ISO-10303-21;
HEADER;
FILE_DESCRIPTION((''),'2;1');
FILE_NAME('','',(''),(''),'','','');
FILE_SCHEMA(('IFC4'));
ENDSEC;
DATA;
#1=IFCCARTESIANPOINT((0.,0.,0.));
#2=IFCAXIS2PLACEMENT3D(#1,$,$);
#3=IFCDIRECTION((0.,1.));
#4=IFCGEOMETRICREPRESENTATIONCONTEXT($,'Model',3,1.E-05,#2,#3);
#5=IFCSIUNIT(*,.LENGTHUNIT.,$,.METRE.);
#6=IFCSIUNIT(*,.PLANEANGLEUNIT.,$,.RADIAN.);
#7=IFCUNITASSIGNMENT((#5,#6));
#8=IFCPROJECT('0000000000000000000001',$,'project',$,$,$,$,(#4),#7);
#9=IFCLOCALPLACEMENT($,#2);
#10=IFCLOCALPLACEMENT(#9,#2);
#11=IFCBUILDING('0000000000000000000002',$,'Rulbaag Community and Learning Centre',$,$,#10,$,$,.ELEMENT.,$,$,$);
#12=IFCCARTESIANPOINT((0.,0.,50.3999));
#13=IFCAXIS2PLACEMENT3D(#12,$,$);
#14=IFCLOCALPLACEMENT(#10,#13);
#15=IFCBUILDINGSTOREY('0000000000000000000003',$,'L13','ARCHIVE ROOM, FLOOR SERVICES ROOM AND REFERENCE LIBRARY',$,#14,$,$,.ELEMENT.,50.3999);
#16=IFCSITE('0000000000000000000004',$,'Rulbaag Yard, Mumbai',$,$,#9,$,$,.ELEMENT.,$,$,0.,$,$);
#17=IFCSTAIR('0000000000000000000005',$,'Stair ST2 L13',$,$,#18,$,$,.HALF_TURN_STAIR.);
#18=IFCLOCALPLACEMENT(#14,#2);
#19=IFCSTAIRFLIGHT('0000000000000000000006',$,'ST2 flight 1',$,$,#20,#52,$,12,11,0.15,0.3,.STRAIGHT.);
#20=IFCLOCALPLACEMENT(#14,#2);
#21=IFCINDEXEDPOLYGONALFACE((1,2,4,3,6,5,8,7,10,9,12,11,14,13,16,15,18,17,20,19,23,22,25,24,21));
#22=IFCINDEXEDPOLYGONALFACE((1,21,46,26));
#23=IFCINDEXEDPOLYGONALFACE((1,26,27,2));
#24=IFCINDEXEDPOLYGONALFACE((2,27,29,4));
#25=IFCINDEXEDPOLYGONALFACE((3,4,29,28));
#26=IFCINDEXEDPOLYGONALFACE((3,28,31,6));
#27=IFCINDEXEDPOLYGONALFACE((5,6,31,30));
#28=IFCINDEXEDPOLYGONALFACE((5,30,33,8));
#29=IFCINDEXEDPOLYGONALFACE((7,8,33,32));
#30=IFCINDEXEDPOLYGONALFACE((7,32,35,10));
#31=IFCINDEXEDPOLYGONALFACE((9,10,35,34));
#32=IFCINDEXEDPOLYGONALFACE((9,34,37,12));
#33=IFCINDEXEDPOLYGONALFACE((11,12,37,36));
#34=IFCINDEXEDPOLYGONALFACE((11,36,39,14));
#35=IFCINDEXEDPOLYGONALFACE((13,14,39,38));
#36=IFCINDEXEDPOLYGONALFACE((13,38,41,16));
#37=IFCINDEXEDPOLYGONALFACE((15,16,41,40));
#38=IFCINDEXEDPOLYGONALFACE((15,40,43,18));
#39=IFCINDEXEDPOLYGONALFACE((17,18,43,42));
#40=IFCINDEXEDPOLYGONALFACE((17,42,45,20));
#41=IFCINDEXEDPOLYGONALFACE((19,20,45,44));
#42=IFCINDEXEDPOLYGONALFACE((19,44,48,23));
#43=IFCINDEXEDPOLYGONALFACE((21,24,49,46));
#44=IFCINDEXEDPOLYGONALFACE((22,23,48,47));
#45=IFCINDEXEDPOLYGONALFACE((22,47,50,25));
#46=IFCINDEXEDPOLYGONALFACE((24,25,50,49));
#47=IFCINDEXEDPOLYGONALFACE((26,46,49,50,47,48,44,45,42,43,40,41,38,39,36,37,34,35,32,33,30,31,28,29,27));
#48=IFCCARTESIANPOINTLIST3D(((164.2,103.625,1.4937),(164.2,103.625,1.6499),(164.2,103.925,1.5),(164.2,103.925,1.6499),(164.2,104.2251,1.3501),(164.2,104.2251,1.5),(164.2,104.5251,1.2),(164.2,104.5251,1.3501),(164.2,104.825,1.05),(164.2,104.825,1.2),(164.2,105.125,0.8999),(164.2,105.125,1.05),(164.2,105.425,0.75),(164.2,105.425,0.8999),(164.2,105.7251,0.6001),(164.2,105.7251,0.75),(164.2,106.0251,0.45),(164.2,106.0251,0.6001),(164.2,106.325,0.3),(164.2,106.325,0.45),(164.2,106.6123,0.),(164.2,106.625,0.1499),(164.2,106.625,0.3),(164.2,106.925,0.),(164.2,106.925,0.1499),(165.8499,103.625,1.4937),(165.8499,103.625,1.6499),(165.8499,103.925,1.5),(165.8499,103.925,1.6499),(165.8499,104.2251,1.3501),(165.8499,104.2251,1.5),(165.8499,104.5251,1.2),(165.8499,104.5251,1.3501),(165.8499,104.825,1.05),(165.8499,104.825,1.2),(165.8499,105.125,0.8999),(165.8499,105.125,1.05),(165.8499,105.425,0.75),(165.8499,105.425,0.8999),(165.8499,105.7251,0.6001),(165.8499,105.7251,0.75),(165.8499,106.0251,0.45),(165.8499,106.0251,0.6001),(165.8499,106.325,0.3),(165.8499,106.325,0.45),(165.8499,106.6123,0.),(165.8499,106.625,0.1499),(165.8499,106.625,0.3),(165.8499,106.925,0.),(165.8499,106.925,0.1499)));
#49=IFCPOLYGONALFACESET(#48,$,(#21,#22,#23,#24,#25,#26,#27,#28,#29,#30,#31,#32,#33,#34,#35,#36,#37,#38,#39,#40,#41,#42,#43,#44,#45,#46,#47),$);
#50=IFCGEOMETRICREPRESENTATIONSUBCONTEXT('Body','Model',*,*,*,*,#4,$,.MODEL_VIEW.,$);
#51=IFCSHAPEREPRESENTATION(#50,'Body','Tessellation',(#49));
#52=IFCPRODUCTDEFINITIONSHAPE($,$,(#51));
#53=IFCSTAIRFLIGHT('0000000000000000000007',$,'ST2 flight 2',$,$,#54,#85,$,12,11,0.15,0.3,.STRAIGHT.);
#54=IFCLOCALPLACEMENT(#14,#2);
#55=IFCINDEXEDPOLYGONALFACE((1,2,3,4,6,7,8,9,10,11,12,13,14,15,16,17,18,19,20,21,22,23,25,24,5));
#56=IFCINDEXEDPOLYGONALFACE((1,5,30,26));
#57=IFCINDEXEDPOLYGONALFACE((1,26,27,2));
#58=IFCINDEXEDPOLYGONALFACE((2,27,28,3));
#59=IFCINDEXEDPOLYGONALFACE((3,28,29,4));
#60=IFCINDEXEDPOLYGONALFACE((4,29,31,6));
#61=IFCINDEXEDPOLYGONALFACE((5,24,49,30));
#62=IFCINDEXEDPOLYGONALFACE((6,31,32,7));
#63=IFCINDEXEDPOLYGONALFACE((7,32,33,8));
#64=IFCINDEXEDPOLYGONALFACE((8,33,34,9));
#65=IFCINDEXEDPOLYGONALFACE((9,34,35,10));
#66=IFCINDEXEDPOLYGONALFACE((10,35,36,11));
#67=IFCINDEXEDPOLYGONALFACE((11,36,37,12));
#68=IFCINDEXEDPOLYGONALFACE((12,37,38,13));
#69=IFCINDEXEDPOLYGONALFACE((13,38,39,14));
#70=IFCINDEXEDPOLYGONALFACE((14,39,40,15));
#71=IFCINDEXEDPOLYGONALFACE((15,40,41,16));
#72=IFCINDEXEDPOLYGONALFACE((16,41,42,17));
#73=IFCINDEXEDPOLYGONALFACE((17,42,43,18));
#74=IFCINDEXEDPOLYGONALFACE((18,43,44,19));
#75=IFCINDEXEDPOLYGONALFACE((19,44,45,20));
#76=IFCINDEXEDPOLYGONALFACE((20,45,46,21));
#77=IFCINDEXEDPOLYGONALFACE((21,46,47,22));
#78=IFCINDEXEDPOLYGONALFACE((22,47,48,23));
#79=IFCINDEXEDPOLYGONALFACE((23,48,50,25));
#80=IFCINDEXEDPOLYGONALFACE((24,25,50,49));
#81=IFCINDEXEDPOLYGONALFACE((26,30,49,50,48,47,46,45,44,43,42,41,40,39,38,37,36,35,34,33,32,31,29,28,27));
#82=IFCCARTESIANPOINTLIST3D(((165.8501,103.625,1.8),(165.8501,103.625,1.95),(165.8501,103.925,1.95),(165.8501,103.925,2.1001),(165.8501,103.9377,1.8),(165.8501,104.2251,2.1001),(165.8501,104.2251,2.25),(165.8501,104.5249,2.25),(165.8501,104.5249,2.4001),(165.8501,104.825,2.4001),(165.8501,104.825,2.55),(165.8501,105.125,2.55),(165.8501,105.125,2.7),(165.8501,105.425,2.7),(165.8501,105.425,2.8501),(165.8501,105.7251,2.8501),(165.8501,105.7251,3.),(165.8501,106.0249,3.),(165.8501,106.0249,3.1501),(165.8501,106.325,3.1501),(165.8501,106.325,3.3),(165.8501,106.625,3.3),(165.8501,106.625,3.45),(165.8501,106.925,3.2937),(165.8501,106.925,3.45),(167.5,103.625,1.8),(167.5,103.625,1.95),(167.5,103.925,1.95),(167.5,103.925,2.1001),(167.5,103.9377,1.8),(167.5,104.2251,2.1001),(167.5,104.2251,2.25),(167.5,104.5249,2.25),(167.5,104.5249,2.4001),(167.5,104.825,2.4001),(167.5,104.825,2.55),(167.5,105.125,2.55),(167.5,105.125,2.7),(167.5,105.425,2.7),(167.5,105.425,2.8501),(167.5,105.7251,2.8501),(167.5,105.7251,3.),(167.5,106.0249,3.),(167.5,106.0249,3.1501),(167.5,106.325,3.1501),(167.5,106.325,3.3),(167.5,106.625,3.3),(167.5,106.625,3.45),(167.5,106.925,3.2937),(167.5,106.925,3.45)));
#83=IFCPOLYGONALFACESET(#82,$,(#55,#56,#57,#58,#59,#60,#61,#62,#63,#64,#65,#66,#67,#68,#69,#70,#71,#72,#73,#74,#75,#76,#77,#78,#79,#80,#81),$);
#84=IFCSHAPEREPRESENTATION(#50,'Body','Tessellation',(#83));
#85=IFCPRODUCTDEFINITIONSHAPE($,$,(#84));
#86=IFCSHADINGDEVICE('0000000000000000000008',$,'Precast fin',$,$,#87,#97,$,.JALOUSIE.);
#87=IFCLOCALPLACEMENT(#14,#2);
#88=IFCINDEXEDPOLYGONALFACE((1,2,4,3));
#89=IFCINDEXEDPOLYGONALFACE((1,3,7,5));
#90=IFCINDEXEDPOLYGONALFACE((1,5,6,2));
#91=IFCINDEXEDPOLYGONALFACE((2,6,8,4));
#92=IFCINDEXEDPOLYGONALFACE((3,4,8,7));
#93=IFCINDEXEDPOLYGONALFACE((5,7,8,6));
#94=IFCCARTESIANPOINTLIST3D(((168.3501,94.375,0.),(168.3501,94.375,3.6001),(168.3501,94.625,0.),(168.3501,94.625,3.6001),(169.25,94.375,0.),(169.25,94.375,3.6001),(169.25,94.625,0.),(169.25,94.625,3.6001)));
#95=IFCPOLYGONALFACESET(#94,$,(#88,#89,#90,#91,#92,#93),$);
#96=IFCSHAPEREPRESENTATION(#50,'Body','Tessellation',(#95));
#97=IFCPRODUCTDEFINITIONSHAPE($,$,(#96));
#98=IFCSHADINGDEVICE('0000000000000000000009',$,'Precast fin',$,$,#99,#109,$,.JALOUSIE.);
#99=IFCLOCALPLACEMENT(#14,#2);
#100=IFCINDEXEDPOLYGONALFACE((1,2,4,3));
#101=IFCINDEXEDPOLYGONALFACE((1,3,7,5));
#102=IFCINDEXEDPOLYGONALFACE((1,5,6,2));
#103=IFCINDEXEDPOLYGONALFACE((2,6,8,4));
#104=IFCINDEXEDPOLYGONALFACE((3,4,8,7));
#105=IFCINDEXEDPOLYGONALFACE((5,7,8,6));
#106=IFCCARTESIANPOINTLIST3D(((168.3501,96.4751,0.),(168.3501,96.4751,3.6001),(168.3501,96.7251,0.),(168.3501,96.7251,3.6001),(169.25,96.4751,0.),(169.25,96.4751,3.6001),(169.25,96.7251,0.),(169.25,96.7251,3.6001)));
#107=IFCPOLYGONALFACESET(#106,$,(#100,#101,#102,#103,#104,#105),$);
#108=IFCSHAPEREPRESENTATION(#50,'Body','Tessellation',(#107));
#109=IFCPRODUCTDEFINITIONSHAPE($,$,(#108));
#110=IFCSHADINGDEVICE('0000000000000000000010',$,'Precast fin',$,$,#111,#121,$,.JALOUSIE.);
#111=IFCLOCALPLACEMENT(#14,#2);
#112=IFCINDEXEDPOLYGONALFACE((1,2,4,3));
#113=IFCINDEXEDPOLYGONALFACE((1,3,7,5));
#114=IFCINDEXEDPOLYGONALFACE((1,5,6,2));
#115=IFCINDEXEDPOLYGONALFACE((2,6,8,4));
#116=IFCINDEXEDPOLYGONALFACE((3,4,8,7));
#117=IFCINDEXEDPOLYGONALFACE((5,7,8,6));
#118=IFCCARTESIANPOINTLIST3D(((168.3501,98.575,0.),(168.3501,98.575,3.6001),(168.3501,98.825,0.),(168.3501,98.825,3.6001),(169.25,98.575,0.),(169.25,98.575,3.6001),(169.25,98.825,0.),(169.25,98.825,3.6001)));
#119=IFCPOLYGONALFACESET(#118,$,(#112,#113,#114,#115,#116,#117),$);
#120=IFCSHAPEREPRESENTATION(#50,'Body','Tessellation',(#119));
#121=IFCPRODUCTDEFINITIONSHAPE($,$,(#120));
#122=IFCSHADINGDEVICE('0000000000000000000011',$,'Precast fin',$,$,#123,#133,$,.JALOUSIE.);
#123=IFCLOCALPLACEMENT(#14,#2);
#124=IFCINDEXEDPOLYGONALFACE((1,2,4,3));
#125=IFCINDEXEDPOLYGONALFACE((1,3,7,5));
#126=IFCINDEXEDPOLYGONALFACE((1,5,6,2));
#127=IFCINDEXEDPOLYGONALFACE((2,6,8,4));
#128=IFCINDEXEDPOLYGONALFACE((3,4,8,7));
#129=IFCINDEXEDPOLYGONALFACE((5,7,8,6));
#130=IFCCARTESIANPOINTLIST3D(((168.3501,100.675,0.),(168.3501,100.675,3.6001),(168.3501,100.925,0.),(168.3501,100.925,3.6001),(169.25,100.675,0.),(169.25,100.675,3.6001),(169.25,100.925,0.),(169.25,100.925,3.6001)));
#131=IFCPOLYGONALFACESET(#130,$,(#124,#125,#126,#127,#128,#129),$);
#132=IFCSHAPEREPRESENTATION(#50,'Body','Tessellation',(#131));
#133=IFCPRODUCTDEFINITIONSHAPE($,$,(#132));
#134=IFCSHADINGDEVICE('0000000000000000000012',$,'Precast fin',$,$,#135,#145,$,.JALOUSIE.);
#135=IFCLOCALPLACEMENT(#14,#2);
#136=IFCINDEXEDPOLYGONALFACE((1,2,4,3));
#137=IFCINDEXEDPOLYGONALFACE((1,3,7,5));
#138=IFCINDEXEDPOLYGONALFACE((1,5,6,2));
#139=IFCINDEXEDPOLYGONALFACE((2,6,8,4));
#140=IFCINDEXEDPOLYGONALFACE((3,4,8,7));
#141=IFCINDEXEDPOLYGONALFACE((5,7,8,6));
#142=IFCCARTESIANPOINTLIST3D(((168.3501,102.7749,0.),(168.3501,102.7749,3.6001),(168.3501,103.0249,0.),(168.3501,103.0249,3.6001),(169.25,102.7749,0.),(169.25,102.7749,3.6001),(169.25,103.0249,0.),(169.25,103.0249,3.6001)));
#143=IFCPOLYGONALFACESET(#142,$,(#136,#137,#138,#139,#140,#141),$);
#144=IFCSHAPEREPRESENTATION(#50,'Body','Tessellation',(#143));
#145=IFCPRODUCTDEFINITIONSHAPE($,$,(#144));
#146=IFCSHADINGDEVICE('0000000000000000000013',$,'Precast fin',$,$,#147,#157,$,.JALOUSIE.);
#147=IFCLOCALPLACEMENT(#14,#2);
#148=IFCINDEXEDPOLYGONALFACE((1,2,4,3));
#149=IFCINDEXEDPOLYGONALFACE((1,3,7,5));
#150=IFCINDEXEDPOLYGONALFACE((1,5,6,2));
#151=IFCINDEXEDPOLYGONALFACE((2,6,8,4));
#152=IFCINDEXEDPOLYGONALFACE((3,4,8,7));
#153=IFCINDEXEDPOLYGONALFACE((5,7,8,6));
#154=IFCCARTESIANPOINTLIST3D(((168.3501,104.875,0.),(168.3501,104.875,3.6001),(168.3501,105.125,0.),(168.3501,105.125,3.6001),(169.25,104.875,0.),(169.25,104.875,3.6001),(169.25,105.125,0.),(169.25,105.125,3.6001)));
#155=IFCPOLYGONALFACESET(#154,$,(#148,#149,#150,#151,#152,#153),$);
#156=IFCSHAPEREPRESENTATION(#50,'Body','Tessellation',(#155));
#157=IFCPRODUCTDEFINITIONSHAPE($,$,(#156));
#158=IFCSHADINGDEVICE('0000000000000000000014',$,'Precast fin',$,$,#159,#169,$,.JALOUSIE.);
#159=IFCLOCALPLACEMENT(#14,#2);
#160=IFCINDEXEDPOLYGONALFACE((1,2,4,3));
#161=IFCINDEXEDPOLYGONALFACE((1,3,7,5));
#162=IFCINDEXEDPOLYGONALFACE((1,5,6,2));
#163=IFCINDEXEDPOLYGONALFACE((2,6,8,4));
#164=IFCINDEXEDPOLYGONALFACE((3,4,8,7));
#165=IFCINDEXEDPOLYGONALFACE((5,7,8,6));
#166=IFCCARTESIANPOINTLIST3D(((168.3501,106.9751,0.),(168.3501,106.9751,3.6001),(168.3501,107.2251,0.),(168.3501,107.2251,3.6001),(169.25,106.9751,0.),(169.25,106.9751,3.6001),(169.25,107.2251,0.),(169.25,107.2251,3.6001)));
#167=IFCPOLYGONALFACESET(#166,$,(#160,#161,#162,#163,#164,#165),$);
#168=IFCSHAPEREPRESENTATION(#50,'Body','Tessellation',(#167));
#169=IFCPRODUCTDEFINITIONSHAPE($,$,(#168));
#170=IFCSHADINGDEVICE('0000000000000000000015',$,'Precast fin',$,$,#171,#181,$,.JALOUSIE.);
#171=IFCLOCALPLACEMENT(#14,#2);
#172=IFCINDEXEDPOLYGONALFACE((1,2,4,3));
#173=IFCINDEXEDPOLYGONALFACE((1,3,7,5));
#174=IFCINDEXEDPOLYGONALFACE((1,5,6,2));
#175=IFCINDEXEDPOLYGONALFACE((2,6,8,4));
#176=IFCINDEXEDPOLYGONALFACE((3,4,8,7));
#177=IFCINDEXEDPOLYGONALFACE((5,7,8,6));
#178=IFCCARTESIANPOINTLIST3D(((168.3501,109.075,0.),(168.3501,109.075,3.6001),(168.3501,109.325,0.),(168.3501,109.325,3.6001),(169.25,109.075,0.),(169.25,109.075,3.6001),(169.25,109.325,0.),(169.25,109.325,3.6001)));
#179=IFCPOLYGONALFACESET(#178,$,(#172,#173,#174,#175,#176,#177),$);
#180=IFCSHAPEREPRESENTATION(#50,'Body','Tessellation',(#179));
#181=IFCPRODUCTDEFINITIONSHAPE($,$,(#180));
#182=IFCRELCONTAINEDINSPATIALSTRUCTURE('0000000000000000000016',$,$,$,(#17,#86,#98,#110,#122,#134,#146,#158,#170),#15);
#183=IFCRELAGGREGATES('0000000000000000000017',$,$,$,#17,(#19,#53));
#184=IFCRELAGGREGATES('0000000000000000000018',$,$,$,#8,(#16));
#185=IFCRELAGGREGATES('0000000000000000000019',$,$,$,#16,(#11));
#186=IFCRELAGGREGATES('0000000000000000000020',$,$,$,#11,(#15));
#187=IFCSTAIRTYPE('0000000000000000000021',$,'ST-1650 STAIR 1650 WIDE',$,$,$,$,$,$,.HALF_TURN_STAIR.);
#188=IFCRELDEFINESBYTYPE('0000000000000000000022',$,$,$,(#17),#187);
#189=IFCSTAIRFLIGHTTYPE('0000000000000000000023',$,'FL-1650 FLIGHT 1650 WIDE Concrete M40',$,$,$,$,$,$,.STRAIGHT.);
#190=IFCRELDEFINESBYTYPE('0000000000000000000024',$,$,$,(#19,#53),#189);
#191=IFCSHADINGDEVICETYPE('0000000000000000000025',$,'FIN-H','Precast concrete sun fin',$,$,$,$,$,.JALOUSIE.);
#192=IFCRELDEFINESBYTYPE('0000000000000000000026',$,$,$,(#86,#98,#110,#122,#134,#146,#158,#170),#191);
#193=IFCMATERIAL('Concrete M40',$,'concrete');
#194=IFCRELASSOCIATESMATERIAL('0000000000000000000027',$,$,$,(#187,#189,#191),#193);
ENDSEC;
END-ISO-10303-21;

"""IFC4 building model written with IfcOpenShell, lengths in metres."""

from ifc_helpers import new_model, si_unit, direction, frame, origin, origin_2d, place, context, subcontext, project, spatial, polyline, rectangle, outline, extrude, material, material_profile, profile_set, type_object, element, aggregate, save


model = new_model("IFC4")

# Units and contexts
model_context = context("Model", 3, precision=1e-05, world=origin(), true_north=direction((0.0, 1.0)))
body_context = subcontext(model_context, "Body", "Model", "MODEL_VIEW")
ifc_project = project(units=[si_unit("LENGTHUNIT", "METRE"), si_unit("PLANEANGLEUNIT", "RADIAN")], contexts=[model_context])

# Site, building, storey
site_placement = place(None, origin())
site = spatial("IfcSite", under=ifc_project, at=site_placement, Name="Rulbaag Yard, Mumbai", CompositionType="ELEMENT", RefElevation=0.0)
building_placement = place(site_placement, origin())
building = spatial("IfcBuilding", under=site, at=building_placement, Name="Rulbaag Community and Learning Centre", CompositionType="ELEMENT")
storey_placement = place(building_placement, frame((0.0, 0.0, 50.3999)))
storey = spatial("IfcBuildingStorey", under=building, at=storey_placement, Name="L13", Description="ARCHIVE ROOM, FLOOR SERVICES ROOM AND REFERENCE LIBRARY", CompositionType="ELEMENT", Elevation=50.3999)

# Shared definitions
ifc_material_1 = material(Name="Concrete M40", Category="concrete")

# Stair, stair flights
stair_type = type_object("IfcStairType", Name="ST-1650 STAIR 1650 WIDE", PredefinedType="HALF_TURN_STAIR", material=ifc_material_1)
stair_placement = place(storey_placement, origin())
stair = element("IfcStair", 1, at=stair_placement, inside=storey, type_object=stair_type, Name="Stair ST2 L13", PredefinedType="HALF_TURN_STAIR")
stair_flight_type = type_object("IfcStairFlightType", Name="FL-1650 FLIGHT 1650 WIDE Concrete M40", PredefinedType="STRAIGHT", material=ifc_material_1)
stair_flight_1_placement = place(storey_placement, frame((165.0249, 106.925, 0.0), z_axis=(0.0, 0.0, 1.0), x_axis=(0.0, -1.0, 0.0)))
stair_flight_1 = element("IfcStairFlight", 2, at=stair_flight_1_placement, type_object=stair_flight_type, Name="ST2 flight 1", NumberOfRisers=12, NumberOfTreads=11, PredefinedType="STRAIGHT", RiserHeight=0.15, TreadLength=0.3, context=body_context, shape_type="SweptSolid", body=[
    extrude(outline(polyline([(0.0, 0.0), (0.0, 0.1499), (0.3, 0.1499), (0.3, 0.3), (0.6001, 0.3), (0.6001, 0.45), (0.8999, 0.45), (0.8999, 0.6001), (1.2, 0.6001), (1.2, 0.75), (1.5, 0.75), (1.5, 0.8999), (1.8, 0.8999), (1.8, 1.05), (2.1001, 1.05), (2.1001, 1.2), (2.3999, 1.2), (2.3999, 1.3501), (2.7, 1.3501), (2.7, 1.5), (3.0, 1.5), (3.0, 1.6499), (3.3, 1.6499), (3.3, 1.4937), (0.3127, 0.0), (0.0, 0.0)])), frame((0.0, 0.825, 0.0), z_axis=(0.0, -1.0, 0.0), x_axis=(1.0, 0.0, 0.0)), (0.0, 0.0, 1.0), 1.6499),
])
stair_flight_2_placement = place(storey_placement, frame((166.675, 103.625, 1.8), z_axis=(0.0, 0.0, 1.0), x_axis=(0.0, 1.0, 0.0)))
stair_flight_2 = element("IfcStairFlight", 3, at=stair_flight_2_placement, type_object=stair_flight_type, Name="ST2 flight 2", NumberOfRisers=12, NumberOfTreads=11, PredefinedType="STRAIGHT", RiserHeight=0.15, TreadLength=0.3, context=body_context, shape_type="SweptSolid", body=[
    extrude(outline(polyline([(0.0, 0.0), (0.0, 0.1499), (0.3, 0.1499), (0.3, 0.3), (0.6001, 0.3), (0.6001, 0.45), (0.8999, 0.45), (0.8999, 0.6001), (1.2, 0.6001), (1.2, 0.75), (1.5, 0.75), (1.5, 0.8999), (1.8, 0.8999), (1.8, 1.05), (2.1001, 1.05), (2.1001, 1.2), (2.3999, 1.2), (2.3999, 1.3501), (2.7, 1.3501), (2.7, 1.5), (3.0, 1.5), (3.0, 1.6499), (3.3, 1.6499), (3.3, 1.4937), (0.3127, 0.0), (0.0, 0.0)])), frame((0.0, 0.825, 0.0), z_axis=(0.0, -1.0, 0.0), x_axis=(1.0, 0.0, 0.0)), (0.0, 0.0, 1.0), 1.6499),
])
aggregate(stair, [stair_flight_1, stair_flight_2])

# Shading devices
ifc_material_profile_1 = material_profile(ifc_material_1, rectangle(XDim=0.25, YDim=0.8999, at=origin_2d()), Name="PC 250x900")
ifc_profile_set_1 = profile_set([ifc_material_profile_1], Name="Concrete M40")
shading_device_type = type_object("IfcShadingDeviceType", Name="FIN-H", Description="Precast concrete sun fin", PredefinedType="JALOUSIE", material=ifc_profile_set_1)
for number, where, z_axis, x_axis, name in (
    (4, (168.8, 94.5, 0.0), (0.0, 0.0, 1.0), (0.0, 1.0, 0.0), "Precast fin"),
    (5, (168.8, 96.6001, 0.0), (0.0, 0.0, 1.0), (0.0, 1.0, 0.0), "Precast fin"),
    (6, (168.8, 98.7, 0.0), (0.0, 0.0, 1.0), (0.0, 1.0, 0.0), "Precast fin"),
    (7, (168.8, 100.8, 0.0), (0.0, 0.0, 1.0), (0.0, 1.0, 0.0), "Precast fin"),
    (8, (168.8, 102.8999, 0.0), (0.0, 0.0, 1.0), (0.0, 1.0, 0.0), "Precast fin"),
    (9, (168.8, 105.0, 0.0), (0.0, 0.0, 1.0), (0.0, 1.0, 0.0), "Precast fin"),
    (10, (168.8, 107.1001, 0.0), (0.0, 0.0, 1.0), (0.0, 1.0, 0.0), "Precast fin"),
    (11, (168.8, 109.2, 0.0), (0.0, 0.0, 1.0), (0.0, 1.0, 0.0), "Precast fin"),
):
    element("IfcShadingDevice", number, at=place(storey_placement, frame(where, z_axis=z_axis, x_axis=x_axis)), inside=storey, type_object=shading_device_type, Name=name, PredefinedType="JALOUSIE", context=body_context, shape_type="SweptSolid", body=[
        extrude(rectangle(XDim=0.25, YDim=0.8999, at=origin_2d()), origin(), (0.0, 0.0, 1.0), 3.6001),
    ])

save(model, "model.ifc")
